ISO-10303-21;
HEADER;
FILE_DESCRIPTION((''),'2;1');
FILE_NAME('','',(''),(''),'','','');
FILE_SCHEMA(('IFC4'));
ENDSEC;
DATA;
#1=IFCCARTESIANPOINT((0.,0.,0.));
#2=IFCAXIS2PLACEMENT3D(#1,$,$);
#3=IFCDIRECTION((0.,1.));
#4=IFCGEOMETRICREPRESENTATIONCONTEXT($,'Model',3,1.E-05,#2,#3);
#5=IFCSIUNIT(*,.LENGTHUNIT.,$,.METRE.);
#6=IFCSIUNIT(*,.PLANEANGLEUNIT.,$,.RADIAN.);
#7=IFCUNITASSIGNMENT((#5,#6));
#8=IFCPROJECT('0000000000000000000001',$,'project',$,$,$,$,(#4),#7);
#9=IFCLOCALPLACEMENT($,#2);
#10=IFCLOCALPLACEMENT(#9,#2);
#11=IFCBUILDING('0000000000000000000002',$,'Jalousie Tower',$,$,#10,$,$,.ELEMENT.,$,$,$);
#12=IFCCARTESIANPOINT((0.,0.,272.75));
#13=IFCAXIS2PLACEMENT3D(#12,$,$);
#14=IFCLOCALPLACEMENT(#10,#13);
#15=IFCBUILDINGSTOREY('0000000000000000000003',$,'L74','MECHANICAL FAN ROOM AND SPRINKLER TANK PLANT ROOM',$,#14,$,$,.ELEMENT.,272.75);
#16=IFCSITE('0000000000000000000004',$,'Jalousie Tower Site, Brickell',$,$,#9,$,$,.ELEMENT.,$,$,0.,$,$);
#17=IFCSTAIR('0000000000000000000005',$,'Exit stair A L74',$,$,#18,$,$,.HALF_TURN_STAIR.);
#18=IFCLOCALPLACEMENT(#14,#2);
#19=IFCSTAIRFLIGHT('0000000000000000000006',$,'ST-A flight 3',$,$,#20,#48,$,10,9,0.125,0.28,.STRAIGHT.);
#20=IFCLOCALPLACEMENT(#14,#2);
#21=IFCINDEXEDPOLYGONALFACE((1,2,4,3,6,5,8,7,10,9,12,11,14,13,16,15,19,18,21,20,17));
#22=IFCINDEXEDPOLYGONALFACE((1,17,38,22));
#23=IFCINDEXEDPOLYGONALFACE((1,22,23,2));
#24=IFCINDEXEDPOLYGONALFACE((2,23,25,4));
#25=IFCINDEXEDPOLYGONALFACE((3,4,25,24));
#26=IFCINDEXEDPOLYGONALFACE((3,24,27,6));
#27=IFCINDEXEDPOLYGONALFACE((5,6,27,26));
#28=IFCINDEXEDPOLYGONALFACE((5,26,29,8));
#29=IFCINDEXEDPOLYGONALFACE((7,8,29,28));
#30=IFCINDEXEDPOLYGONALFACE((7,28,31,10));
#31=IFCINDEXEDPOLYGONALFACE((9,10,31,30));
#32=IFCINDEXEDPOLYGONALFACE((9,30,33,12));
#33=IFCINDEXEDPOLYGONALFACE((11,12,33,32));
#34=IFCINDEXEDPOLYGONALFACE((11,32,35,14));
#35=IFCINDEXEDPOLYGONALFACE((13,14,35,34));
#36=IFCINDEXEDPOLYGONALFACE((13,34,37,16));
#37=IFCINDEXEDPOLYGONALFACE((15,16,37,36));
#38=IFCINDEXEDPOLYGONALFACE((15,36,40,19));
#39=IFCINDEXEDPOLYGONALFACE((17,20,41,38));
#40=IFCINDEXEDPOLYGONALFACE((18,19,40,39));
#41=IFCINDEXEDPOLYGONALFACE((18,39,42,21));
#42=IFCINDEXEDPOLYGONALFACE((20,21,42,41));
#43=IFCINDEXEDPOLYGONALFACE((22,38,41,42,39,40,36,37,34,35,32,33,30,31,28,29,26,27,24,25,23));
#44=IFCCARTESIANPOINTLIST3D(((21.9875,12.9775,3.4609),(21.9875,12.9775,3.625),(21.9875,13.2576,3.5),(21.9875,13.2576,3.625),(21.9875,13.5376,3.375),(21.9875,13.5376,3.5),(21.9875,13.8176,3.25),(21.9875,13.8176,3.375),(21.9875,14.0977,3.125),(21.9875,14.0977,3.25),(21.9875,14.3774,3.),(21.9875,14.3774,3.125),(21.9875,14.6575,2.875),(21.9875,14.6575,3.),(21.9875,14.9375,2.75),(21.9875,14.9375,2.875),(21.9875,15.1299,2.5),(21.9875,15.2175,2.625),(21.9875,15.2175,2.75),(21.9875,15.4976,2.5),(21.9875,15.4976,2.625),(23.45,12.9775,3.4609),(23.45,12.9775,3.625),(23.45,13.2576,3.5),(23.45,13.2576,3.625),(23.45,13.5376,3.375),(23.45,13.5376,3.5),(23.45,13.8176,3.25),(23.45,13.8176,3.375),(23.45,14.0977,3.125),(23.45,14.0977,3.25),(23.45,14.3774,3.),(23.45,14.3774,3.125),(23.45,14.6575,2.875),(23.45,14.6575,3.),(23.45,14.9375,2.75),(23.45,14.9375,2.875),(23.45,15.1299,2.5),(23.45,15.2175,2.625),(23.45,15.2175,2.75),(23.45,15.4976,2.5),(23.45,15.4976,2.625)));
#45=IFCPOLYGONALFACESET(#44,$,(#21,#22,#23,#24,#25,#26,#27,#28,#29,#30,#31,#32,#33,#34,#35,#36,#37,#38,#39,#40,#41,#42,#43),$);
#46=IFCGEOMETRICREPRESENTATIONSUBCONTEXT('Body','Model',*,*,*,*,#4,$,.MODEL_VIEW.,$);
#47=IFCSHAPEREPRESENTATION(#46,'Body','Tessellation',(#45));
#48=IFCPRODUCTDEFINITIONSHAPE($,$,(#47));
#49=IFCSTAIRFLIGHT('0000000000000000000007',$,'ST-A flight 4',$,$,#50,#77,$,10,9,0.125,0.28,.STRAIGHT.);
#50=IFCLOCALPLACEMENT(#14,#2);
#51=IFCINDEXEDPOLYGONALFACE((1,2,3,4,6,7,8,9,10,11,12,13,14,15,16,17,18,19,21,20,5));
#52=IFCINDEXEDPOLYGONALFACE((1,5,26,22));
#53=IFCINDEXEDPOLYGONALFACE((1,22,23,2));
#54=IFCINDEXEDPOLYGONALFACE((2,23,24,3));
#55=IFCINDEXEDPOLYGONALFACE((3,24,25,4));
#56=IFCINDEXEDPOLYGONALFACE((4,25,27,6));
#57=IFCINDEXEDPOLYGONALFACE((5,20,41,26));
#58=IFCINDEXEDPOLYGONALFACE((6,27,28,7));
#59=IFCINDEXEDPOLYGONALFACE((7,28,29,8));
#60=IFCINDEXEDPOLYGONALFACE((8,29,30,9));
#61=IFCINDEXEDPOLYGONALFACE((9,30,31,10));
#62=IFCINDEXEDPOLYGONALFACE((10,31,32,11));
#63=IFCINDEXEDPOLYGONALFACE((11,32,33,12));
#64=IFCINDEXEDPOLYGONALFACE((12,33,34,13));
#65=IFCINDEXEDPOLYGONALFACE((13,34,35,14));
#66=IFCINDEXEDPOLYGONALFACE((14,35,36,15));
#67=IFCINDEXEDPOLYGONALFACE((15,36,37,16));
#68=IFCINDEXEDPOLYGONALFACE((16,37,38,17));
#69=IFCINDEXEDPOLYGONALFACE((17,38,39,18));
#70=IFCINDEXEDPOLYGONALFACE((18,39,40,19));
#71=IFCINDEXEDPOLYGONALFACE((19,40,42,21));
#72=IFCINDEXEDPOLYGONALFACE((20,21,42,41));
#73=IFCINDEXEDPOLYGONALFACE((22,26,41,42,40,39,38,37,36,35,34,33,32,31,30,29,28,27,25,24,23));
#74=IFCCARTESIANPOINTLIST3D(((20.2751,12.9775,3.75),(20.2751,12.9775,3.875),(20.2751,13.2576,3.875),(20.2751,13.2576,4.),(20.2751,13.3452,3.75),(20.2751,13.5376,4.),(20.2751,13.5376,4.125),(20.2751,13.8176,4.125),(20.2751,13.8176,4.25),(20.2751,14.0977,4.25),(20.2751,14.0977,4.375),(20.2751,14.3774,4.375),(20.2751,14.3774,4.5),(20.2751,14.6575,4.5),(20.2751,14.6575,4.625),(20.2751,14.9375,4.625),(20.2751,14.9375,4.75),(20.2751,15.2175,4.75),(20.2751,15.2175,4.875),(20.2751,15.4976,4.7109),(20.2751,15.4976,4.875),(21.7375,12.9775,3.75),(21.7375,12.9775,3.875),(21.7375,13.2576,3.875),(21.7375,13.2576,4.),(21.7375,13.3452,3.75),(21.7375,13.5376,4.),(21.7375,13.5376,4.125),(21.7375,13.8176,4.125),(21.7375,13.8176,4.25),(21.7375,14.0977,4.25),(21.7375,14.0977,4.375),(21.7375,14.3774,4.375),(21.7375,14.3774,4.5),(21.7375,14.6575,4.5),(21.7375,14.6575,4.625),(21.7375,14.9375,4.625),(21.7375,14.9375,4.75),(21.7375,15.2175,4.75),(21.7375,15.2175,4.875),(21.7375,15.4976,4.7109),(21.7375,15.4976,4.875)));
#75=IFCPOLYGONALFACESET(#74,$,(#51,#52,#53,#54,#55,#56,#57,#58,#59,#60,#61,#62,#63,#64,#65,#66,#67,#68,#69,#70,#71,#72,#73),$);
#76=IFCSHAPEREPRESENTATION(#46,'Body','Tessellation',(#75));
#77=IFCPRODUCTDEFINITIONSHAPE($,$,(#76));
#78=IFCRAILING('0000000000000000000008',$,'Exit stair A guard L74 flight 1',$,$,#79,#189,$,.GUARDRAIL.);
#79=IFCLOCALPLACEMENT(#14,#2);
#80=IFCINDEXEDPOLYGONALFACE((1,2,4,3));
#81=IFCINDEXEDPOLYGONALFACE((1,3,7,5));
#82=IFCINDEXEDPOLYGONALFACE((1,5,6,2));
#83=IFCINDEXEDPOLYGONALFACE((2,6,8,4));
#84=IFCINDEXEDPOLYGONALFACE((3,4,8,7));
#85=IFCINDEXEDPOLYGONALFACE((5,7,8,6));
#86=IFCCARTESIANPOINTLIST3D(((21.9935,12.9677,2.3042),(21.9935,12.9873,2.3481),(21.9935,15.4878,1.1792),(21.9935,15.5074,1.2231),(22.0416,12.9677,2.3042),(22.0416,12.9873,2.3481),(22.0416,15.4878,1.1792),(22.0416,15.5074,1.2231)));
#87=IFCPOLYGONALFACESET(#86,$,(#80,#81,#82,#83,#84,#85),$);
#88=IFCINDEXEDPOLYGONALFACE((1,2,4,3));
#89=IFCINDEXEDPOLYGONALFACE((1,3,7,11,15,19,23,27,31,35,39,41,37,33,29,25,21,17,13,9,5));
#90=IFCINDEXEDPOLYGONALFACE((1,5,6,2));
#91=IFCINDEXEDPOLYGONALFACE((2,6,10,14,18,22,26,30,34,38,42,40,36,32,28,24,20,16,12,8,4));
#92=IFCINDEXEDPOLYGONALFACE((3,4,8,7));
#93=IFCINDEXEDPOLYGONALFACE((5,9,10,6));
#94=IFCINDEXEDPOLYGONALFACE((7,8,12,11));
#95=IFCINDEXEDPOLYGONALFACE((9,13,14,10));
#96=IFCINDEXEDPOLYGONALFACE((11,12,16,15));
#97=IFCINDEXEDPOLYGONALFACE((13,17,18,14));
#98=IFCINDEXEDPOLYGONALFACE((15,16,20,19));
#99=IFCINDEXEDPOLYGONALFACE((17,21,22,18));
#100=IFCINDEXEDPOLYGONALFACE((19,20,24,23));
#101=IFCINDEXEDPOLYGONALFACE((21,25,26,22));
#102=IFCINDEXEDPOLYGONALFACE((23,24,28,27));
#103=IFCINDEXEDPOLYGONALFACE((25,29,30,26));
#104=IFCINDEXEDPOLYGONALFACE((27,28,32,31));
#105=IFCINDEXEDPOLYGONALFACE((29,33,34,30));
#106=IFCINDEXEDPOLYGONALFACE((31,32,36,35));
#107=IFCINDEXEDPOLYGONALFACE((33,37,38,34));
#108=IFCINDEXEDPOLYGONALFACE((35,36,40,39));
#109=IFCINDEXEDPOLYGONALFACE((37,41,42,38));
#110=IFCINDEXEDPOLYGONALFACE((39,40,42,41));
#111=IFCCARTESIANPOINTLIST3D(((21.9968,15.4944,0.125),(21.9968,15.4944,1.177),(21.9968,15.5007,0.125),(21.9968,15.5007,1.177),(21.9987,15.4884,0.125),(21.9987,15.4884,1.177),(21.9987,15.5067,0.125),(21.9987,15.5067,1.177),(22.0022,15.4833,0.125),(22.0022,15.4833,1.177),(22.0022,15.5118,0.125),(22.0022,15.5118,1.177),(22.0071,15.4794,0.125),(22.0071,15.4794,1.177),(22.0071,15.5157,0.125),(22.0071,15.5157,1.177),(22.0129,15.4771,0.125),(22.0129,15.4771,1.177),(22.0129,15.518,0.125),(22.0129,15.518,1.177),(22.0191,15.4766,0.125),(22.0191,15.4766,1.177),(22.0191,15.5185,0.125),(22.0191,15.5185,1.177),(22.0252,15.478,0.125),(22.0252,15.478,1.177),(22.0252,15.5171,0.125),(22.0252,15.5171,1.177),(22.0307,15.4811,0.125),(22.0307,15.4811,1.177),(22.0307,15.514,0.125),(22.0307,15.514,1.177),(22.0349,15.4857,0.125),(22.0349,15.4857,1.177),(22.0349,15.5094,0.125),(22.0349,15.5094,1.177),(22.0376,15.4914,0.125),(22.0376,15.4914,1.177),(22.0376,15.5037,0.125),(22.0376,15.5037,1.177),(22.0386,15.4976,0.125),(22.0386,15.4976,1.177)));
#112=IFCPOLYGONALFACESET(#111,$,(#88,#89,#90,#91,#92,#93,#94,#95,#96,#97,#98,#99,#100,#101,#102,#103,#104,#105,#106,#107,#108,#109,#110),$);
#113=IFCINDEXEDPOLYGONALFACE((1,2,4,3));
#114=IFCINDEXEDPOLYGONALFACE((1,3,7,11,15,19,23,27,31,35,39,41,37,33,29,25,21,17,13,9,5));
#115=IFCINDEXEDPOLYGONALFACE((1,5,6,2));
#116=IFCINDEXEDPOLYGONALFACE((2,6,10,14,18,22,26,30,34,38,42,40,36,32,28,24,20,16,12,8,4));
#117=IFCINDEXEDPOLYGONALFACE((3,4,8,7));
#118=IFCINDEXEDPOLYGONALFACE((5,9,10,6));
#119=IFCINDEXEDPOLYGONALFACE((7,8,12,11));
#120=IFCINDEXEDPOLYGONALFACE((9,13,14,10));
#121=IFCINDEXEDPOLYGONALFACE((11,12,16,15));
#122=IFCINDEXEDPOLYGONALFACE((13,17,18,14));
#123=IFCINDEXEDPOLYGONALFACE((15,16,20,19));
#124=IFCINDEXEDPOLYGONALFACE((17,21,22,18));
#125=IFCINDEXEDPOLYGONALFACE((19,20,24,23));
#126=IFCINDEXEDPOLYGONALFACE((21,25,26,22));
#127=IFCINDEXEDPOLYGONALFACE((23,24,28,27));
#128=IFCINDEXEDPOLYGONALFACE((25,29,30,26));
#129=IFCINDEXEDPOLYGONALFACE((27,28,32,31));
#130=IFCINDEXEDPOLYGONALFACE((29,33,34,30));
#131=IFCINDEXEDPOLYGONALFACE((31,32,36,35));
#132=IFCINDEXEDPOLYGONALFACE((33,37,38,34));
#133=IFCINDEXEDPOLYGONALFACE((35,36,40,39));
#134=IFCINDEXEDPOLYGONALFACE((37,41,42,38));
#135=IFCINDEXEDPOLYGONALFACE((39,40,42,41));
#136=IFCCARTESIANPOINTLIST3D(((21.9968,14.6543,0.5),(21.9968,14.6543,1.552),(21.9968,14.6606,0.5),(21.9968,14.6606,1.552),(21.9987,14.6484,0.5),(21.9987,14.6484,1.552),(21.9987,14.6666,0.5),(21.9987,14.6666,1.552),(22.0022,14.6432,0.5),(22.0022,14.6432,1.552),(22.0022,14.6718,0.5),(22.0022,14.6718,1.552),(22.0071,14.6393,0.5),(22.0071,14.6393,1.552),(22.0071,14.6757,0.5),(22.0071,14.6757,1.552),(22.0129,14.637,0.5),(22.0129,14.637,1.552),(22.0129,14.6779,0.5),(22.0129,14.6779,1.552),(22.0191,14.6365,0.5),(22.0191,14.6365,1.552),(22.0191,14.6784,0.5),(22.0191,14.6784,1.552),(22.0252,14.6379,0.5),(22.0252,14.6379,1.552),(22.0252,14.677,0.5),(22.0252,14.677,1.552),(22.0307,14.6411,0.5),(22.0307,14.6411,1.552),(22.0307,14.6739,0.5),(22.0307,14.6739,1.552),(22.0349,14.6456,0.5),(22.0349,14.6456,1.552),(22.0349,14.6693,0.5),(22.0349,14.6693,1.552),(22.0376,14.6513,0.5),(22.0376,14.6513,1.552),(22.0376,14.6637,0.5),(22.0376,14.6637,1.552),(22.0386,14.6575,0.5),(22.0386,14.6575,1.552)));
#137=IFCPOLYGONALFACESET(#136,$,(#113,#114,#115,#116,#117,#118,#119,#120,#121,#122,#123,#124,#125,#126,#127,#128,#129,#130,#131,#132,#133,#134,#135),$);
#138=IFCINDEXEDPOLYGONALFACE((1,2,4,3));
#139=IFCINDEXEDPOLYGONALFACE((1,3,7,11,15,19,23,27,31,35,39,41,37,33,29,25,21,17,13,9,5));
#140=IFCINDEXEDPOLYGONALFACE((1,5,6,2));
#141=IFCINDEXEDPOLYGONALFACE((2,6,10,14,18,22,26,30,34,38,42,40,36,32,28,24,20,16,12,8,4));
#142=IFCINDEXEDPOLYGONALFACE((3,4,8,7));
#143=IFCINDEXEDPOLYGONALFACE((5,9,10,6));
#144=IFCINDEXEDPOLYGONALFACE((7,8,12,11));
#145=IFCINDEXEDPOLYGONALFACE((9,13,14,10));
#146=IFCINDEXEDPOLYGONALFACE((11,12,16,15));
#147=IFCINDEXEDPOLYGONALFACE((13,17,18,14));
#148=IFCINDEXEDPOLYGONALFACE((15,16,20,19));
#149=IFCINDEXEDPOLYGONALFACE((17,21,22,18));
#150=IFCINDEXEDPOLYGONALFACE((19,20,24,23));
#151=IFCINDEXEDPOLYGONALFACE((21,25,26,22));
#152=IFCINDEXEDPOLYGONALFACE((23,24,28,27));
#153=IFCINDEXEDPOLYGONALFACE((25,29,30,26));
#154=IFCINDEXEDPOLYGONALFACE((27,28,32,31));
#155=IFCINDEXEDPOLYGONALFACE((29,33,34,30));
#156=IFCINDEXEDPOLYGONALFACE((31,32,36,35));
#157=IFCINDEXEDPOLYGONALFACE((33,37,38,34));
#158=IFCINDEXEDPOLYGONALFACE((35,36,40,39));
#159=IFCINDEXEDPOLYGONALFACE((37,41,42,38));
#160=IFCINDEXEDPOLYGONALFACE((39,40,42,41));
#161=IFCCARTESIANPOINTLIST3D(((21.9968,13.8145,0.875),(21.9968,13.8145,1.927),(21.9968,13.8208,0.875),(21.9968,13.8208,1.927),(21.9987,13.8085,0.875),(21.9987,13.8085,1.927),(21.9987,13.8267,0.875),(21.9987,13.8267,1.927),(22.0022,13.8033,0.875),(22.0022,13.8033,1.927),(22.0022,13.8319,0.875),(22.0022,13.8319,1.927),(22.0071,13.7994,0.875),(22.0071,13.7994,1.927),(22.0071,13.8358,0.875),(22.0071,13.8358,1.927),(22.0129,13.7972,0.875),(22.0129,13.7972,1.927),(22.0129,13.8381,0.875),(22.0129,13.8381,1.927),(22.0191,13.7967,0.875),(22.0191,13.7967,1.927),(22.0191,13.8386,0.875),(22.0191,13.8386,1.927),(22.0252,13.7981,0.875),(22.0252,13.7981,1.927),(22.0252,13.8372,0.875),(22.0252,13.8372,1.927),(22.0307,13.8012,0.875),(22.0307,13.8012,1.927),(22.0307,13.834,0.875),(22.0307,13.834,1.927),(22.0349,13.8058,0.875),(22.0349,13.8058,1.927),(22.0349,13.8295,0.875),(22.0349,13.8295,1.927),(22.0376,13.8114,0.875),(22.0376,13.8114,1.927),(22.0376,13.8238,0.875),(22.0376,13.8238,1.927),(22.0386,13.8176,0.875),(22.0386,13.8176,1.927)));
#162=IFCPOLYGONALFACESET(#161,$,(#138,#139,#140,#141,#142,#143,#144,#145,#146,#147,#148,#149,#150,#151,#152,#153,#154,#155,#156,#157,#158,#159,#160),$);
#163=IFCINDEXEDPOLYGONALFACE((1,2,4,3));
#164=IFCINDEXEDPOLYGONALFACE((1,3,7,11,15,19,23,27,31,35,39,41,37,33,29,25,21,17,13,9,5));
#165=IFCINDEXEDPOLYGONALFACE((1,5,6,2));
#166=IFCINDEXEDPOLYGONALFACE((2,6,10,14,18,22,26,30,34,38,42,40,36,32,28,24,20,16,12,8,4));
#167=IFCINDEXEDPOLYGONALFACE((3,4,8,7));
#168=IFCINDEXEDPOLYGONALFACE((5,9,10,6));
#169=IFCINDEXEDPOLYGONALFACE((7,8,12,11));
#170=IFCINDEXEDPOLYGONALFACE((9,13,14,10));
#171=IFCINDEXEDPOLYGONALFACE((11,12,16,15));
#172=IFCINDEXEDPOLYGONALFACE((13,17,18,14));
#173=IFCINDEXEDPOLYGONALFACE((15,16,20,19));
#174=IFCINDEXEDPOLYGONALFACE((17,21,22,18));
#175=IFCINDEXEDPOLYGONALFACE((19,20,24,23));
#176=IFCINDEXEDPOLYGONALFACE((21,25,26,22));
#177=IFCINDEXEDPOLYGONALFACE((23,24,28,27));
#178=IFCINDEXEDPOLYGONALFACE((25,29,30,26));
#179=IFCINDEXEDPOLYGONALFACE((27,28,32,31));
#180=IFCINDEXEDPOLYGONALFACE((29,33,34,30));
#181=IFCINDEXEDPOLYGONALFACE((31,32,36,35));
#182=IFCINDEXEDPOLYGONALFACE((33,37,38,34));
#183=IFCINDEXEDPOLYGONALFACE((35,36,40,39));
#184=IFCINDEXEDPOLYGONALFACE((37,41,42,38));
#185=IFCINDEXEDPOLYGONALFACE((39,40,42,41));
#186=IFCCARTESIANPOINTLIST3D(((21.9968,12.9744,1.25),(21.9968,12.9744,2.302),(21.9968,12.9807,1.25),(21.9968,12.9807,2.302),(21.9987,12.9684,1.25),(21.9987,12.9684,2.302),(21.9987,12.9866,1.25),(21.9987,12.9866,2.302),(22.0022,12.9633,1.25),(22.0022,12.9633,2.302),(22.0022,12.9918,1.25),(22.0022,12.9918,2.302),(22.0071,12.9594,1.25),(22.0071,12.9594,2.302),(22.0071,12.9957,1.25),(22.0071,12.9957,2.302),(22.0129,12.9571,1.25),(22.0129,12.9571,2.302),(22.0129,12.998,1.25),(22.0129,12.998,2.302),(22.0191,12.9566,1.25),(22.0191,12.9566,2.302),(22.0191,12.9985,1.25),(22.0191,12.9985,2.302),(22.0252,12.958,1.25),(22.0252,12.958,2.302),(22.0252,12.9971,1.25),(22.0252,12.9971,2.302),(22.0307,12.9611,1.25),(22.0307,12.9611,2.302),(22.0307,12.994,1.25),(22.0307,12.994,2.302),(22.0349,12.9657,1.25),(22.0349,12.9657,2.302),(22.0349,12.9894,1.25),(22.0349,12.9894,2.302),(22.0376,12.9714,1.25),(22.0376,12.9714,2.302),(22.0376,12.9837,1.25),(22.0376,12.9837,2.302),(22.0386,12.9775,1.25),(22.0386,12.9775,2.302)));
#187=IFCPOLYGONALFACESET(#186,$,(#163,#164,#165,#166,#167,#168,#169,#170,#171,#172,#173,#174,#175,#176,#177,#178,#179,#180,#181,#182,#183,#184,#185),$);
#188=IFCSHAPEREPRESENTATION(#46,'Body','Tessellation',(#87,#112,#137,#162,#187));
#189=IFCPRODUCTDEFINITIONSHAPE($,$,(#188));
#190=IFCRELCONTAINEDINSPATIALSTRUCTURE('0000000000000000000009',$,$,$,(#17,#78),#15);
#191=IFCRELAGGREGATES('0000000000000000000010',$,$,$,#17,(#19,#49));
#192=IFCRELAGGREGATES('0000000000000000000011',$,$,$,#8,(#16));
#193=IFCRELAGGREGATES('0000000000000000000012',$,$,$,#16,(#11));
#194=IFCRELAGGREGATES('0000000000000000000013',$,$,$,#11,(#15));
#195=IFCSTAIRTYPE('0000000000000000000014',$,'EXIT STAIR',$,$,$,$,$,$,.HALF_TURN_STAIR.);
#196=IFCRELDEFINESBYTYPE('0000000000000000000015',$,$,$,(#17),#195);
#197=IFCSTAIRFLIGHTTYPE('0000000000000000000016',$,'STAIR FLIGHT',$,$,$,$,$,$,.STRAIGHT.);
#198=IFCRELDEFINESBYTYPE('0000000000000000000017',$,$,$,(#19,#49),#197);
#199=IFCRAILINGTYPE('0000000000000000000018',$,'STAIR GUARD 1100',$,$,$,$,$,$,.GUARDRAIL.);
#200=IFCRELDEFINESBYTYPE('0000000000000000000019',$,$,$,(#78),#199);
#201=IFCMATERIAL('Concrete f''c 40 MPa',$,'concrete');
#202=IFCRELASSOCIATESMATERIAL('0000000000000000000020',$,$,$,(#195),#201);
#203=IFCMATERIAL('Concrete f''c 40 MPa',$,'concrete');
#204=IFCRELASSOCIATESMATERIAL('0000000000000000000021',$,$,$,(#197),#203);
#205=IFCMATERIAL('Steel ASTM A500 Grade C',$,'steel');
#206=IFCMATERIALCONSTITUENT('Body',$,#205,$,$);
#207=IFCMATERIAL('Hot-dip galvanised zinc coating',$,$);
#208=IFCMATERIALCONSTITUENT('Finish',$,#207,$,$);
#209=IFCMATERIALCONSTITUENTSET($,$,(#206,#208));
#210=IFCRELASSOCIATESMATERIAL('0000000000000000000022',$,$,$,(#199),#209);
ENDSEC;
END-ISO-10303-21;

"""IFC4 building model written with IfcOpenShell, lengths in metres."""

from ifc_helpers import new_model, si_unit, direction, frame, origin, origin_2d, place, context, subcontext, project, spatial, polyline, rectangle, circle, outline, extrude, material, constituent, constituent_set, type_object, element, aggregate, save


model = new_model("IFC4")

# Units and contexts
model_context = context("Model", 3, precision=1e-05, world=origin(), true_north=direction((0.0, 1.0)))
body_context = subcontext(model_context, "Body", "Model", "MODEL_VIEW")
ifc_project = project(units=[si_unit("LENGTHUNIT", "METRE"), si_unit("PLANEANGLEUNIT", "RADIAN")], contexts=[model_context])

# Site, building, storey
site_placement = place(None, origin())
site = spatial("IfcSite", under=ifc_project, at=site_placement, Name="Jalousie Tower Site, Brickell", CompositionType="ELEMENT", RefElevation=0.0)
building_placement = place(site_placement, origin())
building = spatial("IfcBuilding", under=site, at=building_placement, Name="Jalousie Tower", CompositionType="ELEMENT")
storey_placement = place(building_placement, frame((0.0, 0.0, 272.75)))
storey = spatial("IfcBuildingStorey", under=building, at=storey_placement, Name="L74", Description="MECHANICAL FAN ROOM AND SPRINKLER TANK PLANT ROOM", CompositionType="ELEMENT", Elevation=272.75)

# Stair, stair flights
ifc_material_1 = material(Name="Concrete f'c 40 MPa", Category="concrete")
stair_type = type_object("IfcStairType", Name="EXIT STAIR", PredefinedType="HALF_TURN_STAIR", material=ifc_material_1)
stair_placement = place(storey_placement, origin())
stair = element("IfcStair", 1, at=stair_placement, inside=storey, type_object=stair_type, Name="Exit stair A L74", PredefinedType="HALF_TURN_STAIR")
ifc_material_2 = material(Name="Concrete f'c 40 MPa", Category="concrete")
stair_flight_type = type_object("IfcStairFlightType", Name="STAIR FLIGHT", PredefinedType="STRAIGHT", material=ifc_material_2)
stair_flight_1_placement = place(storey_placement, frame((22.7188, 15.4976, 2.5), z_axis=(0.0, 0.0, 1.0), x_axis=(0.0, -1.0, 0.0)))
stair_flight_1 = element("IfcStairFlight", 2, at=stair_flight_1_placement, type_object=stair_flight_type, Name="ST-A flight 3", NumberOfRisers=10, NumberOfTreads=9, PredefinedType="STRAIGHT", RiserHeight=0.125, TreadLength=0.28, context=body_context, shape_type="SweptSolid", body=[
    extrude(outline(polyline([(0.0, 0.0), (0.0, 0.125), (0.28, 0.125), (0.28, 0.25), (0.5601, 0.25), (0.5601, 0.375), (0.8401, 0.375), (0.8401, 0.5), (1.1201, 0.5), (1.1201, 0.625), (1.3999, 0.625), (1.3999, 0.75), (1.6799, 0.75), (1.6799, 0.875), (1.96, 0.875), (1.96, 1.0), (2.24, 1.0), (2.24, 1.125), (2.52, 1.125), (2.52, 1.25), (2.52, 0.9609), (0.3677, 0.0), (0.0, 0.0)])), frame((0.0, 0.7312, 0.0), z_axis=(0.0, -1.0, 0.0), x_axis=(1.0, 0.0, 0.0)), (0.0, 0.0, 1.0), 1.4624),
])
stair_flight_2_placement = place(storey_placement, frame((21.0063, 12.9775, 3.75), z_axis=(0.0, 0.0, 1.0), x_axis=(0.0, 1.0, 0.0)))
stair_flight_2 = element("IfcStairFlight", 3, at=stair_flight_2_placement, type_object=stair_flight_type, Name="ST-A flight 4", NumberOfRisers=10, NumberOfTreads=9, PredefinedType="STRAIGHT", RiserHeight=0.125, TreadLength=0.28, context=body_context, shape_type="SweptSolid", body=[
    extrude(outline(polyline([(0.0, 0.0), (0.0, 0.125), (0.28, 0.125), (0.28, 0.25), (0.5601, 0.25), (0.5601, 0.375), (0.8401, 0.375), (0.8401, 0.5), (1.1201, 0.5), (1.1201, 0.625), (1.3999, 0.625), (1.3999, 0.75), (1.6799, 0.75), (1.6799, 0.875), (1.96, 0.875), (1.96, 1.0), (2.24, 1.0), (2.24, 1.125), (2.52, 1.125), (2.52, 1.25), (2.52, 0.9609), (0.3677, 0.0), (0.0, 0.0)])), frame((0.0, 0.7312, 0.0), z_axis=(0.0, -1.0, 0.0), x_axis=(1.0, 0.0, 0.0)), (0.0, 0.0, 1.0), 1.4624),
])
aggregate(stair, [stair_flight_1, stair_flight_2])

# Railing
ifc_material_3 = material(Name="Steel ASTM A500 Grade C", Category="steel")
ifc_constituent_1 = constituent(ifc_material_3, Name="Body")
ifc_material_4 = material(Name="Hot-dip galvanised zinc coating")
ifc_constituent_2 = constituent(ifc_material_4, Name="Finish")
ifc_constituent_set_1 = constituent_set(constituents=[ifc_constituent_1, ifc_constituent_2])
railing_type_1 = type_object("IfcRailingType", Name="STAIR GUARD 1100", PredefinedType="GUARDRAIL", material=ifc_constituent_set_1)
railing_1_placement = place(storey_placement, frame((22.0176, 15.4976, 0.125)))
element("IfcRailing", 4, at=railing_1_placement, inside=storey, type_object=railing_type_1, Name="Exit stair A guard L74 flight 1", PredefinedType="GUARDRAIL", context=body_context, shape_type="SweptSolid", body=[
    extrude(rectangle(XDim=0.0481, YDim=0.0481, at=origin_2d()), frame((0.0, 0.0, 1.0762), z_axis=(0.0, -0.913139, 0.407648), x_axis=(1.0, 0.0, 0.0)), (0.0, 0.0, 1.0), 2.7598),
    extrude(circle(Radius=0.021, at=origin_2d()), origin(), (0.0, 0.0, 1.0), 1.052),
    extrude(circle(Radius=0.021, at=origin_2d()), frame((0.0, -0.8401, 0.375)), (0.0, 0.0, 1.0), 1.052),
    extrude(circle(Radius=0.021, at=origin_2d()), frame((0.0, -1.6799, 0.75)), (0.0, 0.0, 1.0), 1.052),
    extrude(circle(Radius=0.021, at=origin_2d()), frame((0.0, -2.52, 1.125)), (0.0, 0.0, 1.0), 1.052),
])

save(model, "model.ifc")
